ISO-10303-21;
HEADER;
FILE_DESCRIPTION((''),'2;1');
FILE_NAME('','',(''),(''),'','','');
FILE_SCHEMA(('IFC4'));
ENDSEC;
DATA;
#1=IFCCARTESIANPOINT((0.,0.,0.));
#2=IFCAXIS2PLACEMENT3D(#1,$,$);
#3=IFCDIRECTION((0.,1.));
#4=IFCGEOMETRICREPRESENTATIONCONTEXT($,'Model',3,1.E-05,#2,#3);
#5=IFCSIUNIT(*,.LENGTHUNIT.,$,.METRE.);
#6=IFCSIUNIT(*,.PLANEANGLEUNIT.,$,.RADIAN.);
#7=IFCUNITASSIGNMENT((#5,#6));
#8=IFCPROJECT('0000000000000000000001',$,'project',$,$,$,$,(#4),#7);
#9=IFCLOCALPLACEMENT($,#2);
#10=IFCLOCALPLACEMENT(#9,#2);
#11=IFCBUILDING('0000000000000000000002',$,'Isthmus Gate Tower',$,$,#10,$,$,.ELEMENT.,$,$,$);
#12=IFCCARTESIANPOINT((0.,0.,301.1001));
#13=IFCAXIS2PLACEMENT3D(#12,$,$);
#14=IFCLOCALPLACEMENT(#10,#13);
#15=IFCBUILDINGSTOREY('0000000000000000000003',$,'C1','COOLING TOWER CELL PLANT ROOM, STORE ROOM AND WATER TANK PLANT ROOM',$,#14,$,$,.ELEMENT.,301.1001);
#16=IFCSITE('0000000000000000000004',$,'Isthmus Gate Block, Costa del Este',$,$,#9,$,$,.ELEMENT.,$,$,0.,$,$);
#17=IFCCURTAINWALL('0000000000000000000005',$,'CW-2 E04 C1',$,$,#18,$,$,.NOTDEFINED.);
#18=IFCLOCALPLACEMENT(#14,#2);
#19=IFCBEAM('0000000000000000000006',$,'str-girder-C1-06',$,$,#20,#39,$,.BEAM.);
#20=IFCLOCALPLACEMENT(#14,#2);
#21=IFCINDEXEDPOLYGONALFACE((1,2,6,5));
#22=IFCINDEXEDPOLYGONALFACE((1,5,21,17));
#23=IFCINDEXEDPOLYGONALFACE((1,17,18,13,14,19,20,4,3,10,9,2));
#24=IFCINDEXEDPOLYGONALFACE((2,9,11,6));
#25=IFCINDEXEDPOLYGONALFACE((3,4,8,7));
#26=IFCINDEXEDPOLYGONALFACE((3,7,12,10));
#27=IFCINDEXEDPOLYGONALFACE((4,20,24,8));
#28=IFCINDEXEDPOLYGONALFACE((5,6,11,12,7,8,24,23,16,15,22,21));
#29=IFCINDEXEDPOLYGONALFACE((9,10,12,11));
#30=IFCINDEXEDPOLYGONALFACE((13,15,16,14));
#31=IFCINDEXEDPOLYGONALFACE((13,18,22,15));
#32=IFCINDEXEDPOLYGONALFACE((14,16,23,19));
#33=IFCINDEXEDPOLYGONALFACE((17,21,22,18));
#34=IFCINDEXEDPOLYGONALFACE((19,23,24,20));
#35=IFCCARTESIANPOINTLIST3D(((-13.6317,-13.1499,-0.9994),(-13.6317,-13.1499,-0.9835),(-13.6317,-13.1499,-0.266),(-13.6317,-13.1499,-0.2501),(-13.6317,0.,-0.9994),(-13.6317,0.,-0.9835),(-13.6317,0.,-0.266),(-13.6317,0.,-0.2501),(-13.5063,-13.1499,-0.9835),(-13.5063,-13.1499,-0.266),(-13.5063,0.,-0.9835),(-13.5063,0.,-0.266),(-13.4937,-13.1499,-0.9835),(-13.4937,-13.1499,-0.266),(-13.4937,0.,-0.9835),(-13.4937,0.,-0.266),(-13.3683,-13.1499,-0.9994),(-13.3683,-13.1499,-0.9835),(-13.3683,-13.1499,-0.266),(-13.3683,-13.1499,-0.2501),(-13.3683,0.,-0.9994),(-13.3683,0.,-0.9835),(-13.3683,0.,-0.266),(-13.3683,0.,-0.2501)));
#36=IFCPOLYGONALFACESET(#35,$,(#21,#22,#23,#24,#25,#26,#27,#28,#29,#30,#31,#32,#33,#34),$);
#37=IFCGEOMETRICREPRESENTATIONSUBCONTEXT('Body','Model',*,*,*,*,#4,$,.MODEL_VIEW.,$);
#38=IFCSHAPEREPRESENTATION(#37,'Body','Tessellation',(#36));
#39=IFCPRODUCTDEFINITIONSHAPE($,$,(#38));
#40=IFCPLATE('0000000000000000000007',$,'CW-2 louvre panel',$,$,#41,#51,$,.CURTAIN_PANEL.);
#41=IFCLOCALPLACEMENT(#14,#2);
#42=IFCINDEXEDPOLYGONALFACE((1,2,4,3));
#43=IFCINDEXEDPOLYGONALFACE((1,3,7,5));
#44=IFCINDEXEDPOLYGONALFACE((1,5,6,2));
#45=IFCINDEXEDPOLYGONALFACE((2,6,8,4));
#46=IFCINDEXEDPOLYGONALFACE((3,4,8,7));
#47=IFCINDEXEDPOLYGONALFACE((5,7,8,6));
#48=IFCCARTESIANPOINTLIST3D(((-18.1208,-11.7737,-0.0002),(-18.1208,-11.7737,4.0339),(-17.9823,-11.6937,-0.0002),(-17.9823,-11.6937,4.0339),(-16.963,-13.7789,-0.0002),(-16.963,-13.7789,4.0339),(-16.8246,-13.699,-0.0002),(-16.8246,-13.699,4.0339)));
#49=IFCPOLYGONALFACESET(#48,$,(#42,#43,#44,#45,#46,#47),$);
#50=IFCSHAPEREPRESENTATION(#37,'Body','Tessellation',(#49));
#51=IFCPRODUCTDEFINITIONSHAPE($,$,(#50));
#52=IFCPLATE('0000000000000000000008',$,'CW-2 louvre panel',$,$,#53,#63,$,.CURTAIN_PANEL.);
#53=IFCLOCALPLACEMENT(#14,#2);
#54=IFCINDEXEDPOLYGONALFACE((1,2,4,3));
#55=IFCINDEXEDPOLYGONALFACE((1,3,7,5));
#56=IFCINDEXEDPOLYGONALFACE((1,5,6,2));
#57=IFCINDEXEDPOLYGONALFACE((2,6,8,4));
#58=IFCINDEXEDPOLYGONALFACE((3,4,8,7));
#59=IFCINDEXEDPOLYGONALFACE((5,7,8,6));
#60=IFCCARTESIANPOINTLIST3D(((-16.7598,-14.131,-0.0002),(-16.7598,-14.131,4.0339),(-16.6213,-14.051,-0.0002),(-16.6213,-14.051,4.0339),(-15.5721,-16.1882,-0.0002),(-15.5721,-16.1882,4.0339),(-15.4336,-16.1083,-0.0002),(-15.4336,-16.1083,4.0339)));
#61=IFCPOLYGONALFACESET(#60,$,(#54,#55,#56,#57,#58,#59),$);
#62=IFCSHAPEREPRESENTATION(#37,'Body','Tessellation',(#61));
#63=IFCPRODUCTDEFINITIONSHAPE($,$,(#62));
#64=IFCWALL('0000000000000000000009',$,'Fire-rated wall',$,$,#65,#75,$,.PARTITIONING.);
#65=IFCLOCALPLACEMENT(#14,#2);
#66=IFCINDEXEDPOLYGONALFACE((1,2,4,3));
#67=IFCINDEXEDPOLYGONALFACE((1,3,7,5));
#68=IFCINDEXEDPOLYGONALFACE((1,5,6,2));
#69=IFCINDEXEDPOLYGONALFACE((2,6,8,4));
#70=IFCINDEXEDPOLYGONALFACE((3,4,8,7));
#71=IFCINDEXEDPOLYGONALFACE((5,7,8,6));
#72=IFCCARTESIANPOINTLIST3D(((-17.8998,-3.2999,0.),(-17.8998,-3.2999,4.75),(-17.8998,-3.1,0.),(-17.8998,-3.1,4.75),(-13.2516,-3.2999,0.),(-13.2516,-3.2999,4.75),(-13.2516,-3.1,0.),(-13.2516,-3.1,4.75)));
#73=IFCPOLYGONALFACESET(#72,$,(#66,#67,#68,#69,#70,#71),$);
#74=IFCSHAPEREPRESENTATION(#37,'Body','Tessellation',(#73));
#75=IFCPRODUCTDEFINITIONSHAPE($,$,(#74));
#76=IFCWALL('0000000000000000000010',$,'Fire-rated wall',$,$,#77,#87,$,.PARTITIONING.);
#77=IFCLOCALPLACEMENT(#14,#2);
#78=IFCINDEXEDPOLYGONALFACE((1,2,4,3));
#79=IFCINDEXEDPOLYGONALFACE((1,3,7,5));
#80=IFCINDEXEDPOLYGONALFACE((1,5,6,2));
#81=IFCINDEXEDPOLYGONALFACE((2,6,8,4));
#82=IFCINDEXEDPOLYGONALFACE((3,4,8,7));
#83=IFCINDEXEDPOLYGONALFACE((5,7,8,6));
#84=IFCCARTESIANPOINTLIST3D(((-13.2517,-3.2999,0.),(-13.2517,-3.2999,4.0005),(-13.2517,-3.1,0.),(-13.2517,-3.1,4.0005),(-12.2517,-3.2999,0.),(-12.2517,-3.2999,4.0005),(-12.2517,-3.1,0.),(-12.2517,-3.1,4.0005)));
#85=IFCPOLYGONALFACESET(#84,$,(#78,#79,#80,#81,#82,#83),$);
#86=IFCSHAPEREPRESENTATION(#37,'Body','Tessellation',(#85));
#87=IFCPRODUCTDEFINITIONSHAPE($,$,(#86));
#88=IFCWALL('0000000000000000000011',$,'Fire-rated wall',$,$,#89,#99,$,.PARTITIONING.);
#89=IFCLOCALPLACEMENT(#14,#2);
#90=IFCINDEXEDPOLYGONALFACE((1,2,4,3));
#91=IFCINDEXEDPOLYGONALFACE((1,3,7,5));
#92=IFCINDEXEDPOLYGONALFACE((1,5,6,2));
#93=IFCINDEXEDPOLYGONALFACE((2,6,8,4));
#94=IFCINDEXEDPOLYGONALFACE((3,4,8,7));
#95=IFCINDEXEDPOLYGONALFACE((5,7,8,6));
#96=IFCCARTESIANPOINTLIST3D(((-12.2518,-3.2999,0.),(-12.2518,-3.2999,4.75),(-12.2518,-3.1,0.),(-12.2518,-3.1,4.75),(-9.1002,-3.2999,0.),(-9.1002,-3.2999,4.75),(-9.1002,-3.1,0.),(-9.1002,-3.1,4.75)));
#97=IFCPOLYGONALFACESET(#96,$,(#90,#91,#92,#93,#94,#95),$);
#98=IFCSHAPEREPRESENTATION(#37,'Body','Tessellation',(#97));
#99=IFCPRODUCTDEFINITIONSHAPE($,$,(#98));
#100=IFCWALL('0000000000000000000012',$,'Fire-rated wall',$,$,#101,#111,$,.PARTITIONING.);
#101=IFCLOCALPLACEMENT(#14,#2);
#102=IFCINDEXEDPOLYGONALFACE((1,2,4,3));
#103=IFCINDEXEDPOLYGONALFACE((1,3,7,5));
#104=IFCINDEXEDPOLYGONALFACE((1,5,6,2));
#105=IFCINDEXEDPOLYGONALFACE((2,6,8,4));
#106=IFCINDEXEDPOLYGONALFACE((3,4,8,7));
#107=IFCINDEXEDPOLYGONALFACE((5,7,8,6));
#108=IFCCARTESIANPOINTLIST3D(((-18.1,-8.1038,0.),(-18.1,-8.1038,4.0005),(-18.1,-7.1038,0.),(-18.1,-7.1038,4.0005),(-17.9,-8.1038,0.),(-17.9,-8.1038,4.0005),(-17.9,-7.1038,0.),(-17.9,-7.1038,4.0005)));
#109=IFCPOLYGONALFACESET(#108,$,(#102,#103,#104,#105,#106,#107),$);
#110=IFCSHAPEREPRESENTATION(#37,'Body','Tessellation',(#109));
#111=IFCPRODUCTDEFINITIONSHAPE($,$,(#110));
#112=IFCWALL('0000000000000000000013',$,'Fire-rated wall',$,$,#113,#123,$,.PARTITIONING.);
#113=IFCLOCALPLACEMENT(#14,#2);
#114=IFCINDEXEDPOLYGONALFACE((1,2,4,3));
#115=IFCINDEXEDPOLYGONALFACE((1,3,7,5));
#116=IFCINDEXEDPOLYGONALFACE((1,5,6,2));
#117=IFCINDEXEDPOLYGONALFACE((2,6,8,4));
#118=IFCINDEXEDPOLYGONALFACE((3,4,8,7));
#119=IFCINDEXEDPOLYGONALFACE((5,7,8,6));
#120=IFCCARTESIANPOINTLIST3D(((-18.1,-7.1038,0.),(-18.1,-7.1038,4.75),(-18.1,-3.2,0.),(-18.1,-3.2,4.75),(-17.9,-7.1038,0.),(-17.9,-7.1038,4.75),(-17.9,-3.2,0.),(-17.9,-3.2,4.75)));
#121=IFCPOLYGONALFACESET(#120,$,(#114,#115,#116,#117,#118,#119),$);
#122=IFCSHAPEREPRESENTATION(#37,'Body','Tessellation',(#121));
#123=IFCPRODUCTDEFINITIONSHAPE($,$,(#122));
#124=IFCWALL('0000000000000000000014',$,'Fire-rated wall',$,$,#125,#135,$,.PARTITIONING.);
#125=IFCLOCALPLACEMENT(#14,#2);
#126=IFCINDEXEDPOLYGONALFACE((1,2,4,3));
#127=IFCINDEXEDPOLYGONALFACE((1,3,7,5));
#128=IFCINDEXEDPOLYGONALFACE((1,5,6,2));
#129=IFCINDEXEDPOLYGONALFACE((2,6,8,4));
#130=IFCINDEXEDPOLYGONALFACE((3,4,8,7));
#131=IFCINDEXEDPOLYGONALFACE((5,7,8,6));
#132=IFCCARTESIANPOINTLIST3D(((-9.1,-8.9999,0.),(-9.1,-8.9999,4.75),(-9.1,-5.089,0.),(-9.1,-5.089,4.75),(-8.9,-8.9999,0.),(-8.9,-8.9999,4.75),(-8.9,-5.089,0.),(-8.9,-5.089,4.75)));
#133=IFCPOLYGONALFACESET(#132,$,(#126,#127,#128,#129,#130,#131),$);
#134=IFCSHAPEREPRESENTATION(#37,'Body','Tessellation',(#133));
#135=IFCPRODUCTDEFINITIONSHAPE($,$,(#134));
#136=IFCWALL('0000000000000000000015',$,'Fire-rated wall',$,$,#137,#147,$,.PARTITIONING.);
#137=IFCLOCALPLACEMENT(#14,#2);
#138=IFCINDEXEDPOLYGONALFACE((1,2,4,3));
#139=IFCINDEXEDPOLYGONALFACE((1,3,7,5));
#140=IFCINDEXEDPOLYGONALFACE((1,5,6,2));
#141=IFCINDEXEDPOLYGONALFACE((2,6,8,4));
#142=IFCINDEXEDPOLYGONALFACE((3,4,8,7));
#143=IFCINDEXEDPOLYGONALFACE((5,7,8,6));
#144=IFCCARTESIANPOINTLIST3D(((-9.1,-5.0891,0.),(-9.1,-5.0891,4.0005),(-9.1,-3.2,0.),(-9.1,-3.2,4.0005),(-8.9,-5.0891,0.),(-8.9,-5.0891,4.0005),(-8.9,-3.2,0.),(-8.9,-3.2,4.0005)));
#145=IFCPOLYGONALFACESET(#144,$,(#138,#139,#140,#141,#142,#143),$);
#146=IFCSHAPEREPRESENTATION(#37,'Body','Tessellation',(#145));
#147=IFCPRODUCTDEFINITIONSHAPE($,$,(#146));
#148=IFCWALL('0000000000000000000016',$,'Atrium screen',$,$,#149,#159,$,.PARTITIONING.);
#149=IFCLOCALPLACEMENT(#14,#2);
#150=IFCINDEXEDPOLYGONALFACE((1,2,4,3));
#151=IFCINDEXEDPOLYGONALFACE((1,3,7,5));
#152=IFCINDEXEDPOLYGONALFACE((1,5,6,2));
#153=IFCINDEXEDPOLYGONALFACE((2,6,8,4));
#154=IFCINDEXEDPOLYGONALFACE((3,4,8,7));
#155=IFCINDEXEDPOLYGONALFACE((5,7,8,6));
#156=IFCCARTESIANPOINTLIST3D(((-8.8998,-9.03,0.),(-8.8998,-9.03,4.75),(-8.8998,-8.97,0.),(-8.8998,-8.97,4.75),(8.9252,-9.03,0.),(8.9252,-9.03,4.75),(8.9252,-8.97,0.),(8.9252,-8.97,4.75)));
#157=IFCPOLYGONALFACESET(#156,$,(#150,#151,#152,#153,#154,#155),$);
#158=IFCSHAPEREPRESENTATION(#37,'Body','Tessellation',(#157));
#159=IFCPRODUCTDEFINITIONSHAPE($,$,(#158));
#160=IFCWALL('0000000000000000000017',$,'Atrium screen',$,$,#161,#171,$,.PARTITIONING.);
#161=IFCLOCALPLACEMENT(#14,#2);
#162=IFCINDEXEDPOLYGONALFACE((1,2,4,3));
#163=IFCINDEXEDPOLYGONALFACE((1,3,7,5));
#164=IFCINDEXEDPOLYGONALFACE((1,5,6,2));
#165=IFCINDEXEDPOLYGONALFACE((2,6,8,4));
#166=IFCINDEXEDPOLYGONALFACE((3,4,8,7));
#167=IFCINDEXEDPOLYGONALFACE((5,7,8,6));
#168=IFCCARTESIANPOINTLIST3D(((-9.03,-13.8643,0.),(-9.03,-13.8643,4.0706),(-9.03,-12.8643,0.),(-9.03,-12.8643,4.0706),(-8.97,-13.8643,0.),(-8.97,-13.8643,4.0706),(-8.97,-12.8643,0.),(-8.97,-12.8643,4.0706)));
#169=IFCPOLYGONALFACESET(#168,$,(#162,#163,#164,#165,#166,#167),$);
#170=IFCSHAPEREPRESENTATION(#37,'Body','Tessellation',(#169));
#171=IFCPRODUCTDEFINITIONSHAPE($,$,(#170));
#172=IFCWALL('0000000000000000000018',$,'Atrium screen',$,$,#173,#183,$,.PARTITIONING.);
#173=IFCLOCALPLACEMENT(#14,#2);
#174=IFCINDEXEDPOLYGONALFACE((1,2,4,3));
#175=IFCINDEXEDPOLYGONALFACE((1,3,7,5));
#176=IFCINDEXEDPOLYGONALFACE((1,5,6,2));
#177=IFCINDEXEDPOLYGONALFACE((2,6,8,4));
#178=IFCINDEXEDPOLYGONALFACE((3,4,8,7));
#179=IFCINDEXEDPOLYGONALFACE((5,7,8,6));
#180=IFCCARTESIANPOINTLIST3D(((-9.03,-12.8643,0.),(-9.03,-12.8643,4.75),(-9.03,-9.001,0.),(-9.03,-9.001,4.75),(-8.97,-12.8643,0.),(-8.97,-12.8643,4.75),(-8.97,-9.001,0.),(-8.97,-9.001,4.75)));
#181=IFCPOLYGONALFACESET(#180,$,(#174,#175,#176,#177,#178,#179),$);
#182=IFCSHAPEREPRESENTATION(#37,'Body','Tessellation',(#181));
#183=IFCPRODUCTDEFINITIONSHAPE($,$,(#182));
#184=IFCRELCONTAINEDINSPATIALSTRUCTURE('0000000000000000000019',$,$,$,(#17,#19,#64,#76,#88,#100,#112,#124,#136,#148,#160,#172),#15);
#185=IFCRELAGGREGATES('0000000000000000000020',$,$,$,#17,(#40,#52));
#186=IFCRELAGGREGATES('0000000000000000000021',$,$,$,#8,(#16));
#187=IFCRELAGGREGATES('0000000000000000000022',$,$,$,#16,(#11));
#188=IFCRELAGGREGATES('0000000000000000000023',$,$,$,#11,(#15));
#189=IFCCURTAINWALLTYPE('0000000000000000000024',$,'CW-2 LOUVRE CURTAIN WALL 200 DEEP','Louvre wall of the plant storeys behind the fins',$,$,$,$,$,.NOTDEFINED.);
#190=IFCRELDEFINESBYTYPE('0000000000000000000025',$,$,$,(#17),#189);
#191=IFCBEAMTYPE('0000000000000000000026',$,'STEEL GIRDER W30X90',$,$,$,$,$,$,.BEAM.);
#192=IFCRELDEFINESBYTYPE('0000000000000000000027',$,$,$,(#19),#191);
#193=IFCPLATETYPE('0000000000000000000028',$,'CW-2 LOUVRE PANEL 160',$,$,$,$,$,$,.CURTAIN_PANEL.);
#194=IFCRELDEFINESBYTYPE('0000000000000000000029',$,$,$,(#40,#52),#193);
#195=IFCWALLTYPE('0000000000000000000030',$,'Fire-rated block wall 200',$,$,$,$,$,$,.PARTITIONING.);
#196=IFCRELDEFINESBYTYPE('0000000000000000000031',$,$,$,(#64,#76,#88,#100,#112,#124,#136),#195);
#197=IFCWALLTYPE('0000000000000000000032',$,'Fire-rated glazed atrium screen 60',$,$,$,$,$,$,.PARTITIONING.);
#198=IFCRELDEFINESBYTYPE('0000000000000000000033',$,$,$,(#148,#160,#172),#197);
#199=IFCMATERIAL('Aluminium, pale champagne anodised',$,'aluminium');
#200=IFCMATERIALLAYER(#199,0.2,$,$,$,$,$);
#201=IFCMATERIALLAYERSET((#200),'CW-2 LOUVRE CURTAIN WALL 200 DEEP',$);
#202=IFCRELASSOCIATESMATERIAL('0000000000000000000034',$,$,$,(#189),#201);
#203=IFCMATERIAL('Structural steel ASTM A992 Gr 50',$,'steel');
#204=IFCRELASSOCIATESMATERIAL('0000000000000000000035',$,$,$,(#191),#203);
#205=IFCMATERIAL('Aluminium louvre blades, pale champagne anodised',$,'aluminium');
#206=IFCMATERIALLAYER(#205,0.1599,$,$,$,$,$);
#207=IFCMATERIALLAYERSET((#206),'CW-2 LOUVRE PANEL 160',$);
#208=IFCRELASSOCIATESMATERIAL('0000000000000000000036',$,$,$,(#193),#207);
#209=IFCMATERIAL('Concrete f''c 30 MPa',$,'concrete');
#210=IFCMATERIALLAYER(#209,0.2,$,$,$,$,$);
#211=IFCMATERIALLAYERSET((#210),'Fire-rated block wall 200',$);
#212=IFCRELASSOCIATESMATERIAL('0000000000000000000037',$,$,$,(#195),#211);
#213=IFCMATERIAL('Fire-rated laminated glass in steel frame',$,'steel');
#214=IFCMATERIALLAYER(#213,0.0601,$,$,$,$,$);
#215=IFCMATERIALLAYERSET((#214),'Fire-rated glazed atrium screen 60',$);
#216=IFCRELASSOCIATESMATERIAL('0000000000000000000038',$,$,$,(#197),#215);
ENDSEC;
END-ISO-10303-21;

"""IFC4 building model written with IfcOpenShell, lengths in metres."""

from ifc_helpers import new_model, si_unit, direction, frame, frame_2d, origin, origin_2d, place, context, subcontext, project, spatial, rectangle, i_section, extrude, material, layer, layer_set, material_profile, profile_set, type_object, element, aggregate, save


model = new_model("IFC4")

# Units and contexts
model_context = context("Model", 3, precision=1e-05, world=origin(), true_north=direction((0.0, 1.0)))
body_context = subcontext(model_context, "Body", "Model", "MODEL_VIEW")
ifc_project = project(units=[si_unit("LENGTHUNIT", "METRE"), si_unit("PLANEANGLEUNIT", "RADIAN")], contexts=[model_context])

# Site, building, storey
site_placement = place(None, origin())
site = spatial("IfcSite", under=ifc_project, at=site_placement, Name="Isthmus Gate Block, Costa del Este", CompositionType="ELEMENT", RefElevation=0.0)
building_placement = place(site_placement, origin())
building = spatial("IfcBuilding", under=site, at=building_placement, Name="Isthmus Gate Tower", CompositionType="ELEMENT")
storey_placement = place(building_placement, frame((0.0, 0.0, 301.1001)))
storey = spatial("IfcBuildingStorey", under=building, at=storey_placement, Name="C1", Description="COOLING TOWER CELL PLANT ROOM, STORE ROOM AND WATER TANK PLANT ROOM", CompositionType="ELEMENT", Elevation=301.1001)

# Curtain wall
ifc_material_1 = material(Name="Aluminium, pale champagne anodised", Category="aluminium")
ifc_layer_1 = layer(ifc_material_1, 0.2)
ifc_layer_set_1 = layer_set([ifc_layer_1], Name="CW-2 LOUVRE CURTAIN WALL 200 DEEP")
curtain_wall_type = type_object("IfcCurtainWallType", Name="CW-2 LOUVRE CURTAIN WALL 200 DEEP", Description="Louvre wall of the plant storeys behind the fins", PredefinedType="NOTDEFINED", material=ifc_layer_set_1)
curtain_wall_placement = place(storey_placement, origin())
curtain_wall = element("IfcCurtainWall", 1, at=curtain_wall_placement, inside=storey, type_object=curtain_wall_type, Name="CW-2 E04 C1", PredefinedType="NOTDEFINED")

# Beam
ifc_material_2 = material(Name="Structural steel ASTM A992 Gr 50", Category="steel")
ifc_material_profile_1 = material_profile(ifc_material_2, i_section(OverallWidth=0.2634, OverallDepth=0.7493, WebThickness=0.0127, FlangeThickness=0.0159, at=origin_2d()), Name="W30X90")
ifc_profile_set_1 = profile_set([ifc_material_profile_1], Name="Structural steel ASTM A992 Gr 50")
beam_type_1 = type_object("IfcBeamType", Name="STEEL GIRDER W30X90", PredefinedType="BEAM", material=ifc_profile_set_1)
beam_1_placement = place(storey_placement, frame((-13.5, -13.1499, -0.6248), z_axis=(0.0, 1.0, 0.0), x_axis=(-1.0, 0.0, 0.0)))
element("IfcBeam", 2, at=beam_1_placement, inside=storey, type_object=beam_type_1, Name="str-girder-C1-06", PredefinedType="BEAM", context=body_context, shape_type="SweptSolid", body=[
    extrude(i_section(OverallWidth=0.2634, OverallDepth=0.7493, WebThickness=0.0127, FlangeThickness=0.0159, at=origin_2d()), origin(), (0.0, 0.0, 1.0), 13.1499),
])

# Plates
ifc_material_3 = material(Name="Aluminium louvre blades, pale champagne anodised", Category="aluminium")
ifc_layer_2 = layer(ifc_material_3, 0.1599)
ifc_layer_set_2 = layer_set([ifc_layer_2], Name="CW-2 LOUVRE PANEL 160")
plate_type = type_object("IfcPlateType", Name="CW-2 LOUVRE PANEL 160", PredefinedType="CURTAIN_PANEL", material=ifc_layer_set_2)
plate_1_placement = place(storey_placement, frame((-17.4727, -12.7363, -0.0002), z_axis=(0.0, 0.0, 1.0), x_axis=(0.5, -0.866025, 0.0)))
plate_1 = element("IfcPlate", 3, at=plate_1_placement, type_object=plate_type, Name="CW-2 louvre panel", PredefinedType="CURTAIN_PANEL", context=body_context, shape_type="SweptSolid", body=[
    extrude(rectangle(XDim=2.3154, YDim=0.1599, at=origin_2d()), origin(), (0.0, 0.0, 1.0), 4.0342),
])
plate_2_placement = place(storey_placement, frame((-16.0967, -15.1196, -0.0002), z_axis=(0.0, 0.0, 1.0), x_axis=(0.5, -0.866025, 0.0)))
plate_2 = element("IfcPlate", 4, at=plate_2_placement, type_object=plate_type, Name="CW-2 louvre panel", PredefinedType="CURTAIN_PANEL", context=body_context, shape_type="SweptSolid", body=[
    extrude(rectangle(XDim=2.3755, YDim=0.1599, at=origin_2d()), origin(), (0.0, 0.0, 1.0), 4.0342),
])
aggregate(curtain_wall, [plate_1, plate_2])

# Walls
ifc_material_4 = material(Name="Concrete f'c 30 MPa", Category="concrete")
ifc_layer_3 = layer(ifc_material_4, 0.2)
ifc_layer_set_3 = layer_set([ifc_layer_3], Name="Fire-rated block wall 200")
wall_type_1 = type_object("IfcWallType", Name="Fire-rated block wall 200", PredefinedType="PARTITIONING", material=ifc_layer_set_3)
wall_1_placement = place(storey_placement, frame((-17.8999, -3.2, 0.0), z_axis=(0.0, 0.0, 1.0), x_axis=(1.0, 0.0, 0.0)))
element("IfcWall", 5, at=wall_1_placement, inside=storey, type_object=wall_type_1, Name="Fire-rated wall", PredefinedType="PARTITIONING", context=body_context, shape_type="SweptSolid", body=[
    extrude(rectangle(XDim=4.6482, YDim=0.2, at=frame_2d((2.3242, 0.0))), origin(), (0.0, 0.0, 1.0), 4.75),
])
wall_2_placement = place(storey_placement, frame((-13.2517, -3.2, 0.0), z_axis=(0.0, 0.0, 1.0), x_axis=(1.0, 0.0, 0.0)))
element("IfcWall", 6, at=wall_2_placement, inside=storey, type_object=wall_type_1, Name="Fire-rated wall", PredefinedType="PARTITIONING", context=body_context, shape_type="SweptSolid", body=[
    extrude(rectangle(XDim=1.0, YDim=0.2, at=frame_2d((0.5, 0.0))), origin(), (0.0, 0.0, 1.0), 4.0005),
])
wall_3_placement = place(storey_placement, frame((-12.2517, -3.2, 0.0), z_axis=(0.0, 0.0, 1.0), x_axis=(1.0, 0.0, 0.0)))
element("IfcWall", 7, at=wall_3_placement, inside=storey, type_object=wall_type_1, Name="Fire-rated wall", PredefinedType="PARTITIONING", context=body_context, shape_type="SweptSolid", body=[
    extrude(rectangle(XDim=3.1516, YDim=0.2, at=frame_2d((1.5757, 0.0))), origin(), (0.0, 0.0, 1.0), 4.75),
])
wall_4_placement = place(storey_placement, frame((-18.0, -8.1038, 0.0), z_axis=(0.0, 0.0, 1.0), x_axis=(0.0, 1.0, 0.0)))
element("IfcWall", 8, at=wall_4_placement, inside=storey, type_object=wall_type_1, Name="Fire-rated wall", PredefinedType="PARTITIONING", context=body_context, shape_type="SweptSolid", body=[
    extrude(rectangle(XDim=1.0, YDim=0.2, at=frame_2d((0.5, 0.0))), origin(), (0.0, 0.0, 1.0), 4.0005),
])
wall_5_placement = place(storey_placement, frame((-18.0, -7.1038, 0.0), z_axis=(0.0, 0.0, 1.0), x_axis=(0.0, 1.0, 0.0)))
element("IfcWall", 9, at=wall_5_placement, inside=storey, type_object=wall_type_1, Name="Fire-rated wall", PredefinedType="PARTITIONING", context=body_context, shape_type="SweptSolid", body=[
    extrude(rectangle(XDim=3.9038, YDim=0.2, at=frame_2d((1.9519, 0.0))), origin(), (0.0, 0.0, 1.0), 4.75),
])
wall_6_placement = place(storey_placement, frame((-9.0, -9.0, 0.0), z_axis=(0.0, 0.0, 1.0), x_axis=(0.0, 1.0, 0.0)))
element("IfcWall", 10, at=wall_6_placement, inside=storey, type_object=wall_type_1, Name="Fire-rated wall", PredefinedType="PARTITIONING", context=body_context, shape_type="SweptSolid", body=[
    extrude(rectangle(XDim=3.9109, YDim=0.2, at=frame_2d((1.9556, 0.0))), origin(), (0.0, 0.0, 1.0), 4.75),
])
wall_7_placement = place(storey_placement, frame((-9.0, -5.0891, 0.0), z_axis=(0.0, 0.0, 1.0), x_axis=(0.0, 1.0, 0.0)))
element("IfcWall", 11, at=wall_7_placement, inside=storey, type_object=wall_type_1, Name="Fire-rated wall", PredefinedType="PARTITIONING", context=body_context, shape_type="SweptSolid", body=[
    extrude(rectangle(XDim=1.8892, YDim=0.2, at=frame_2d((0.9446, 0.0))), origin(), (0.0, 0.0, 1.0), 4.0005),
])
ifc_material_5 = material(Name="Fire-rated laminated glass in steel frame", Category="steel")
ifc_layer_4 = layer(ifc_material_5, 0.0601)
ifc_layer_set_4 = layer_set([ifc_layer_4], Name="Fire-rated glazed atrium screen 60")
wall_type_2 = type_object("IfcWallType", Name="Fire-rated glazed atrium screen 60", PredefinedType="PARTITIONING", material=ifc_layer_set_4)
wall_8_placement = place(storey_placement, frame((-8.8999, -9.0, 0.0), z_axis=(0.0, 0.0, 1.0), x_axis=(1.0, 0.0, 0.0)))
element("IfcWall", 12, at=wall_8_placement, inside=storey, type_object=wall_type_2, Name="Atrium screen", PredefinedType="PARTITIONING", context=body_context, shape_type="SweptSolid", body=[
    extrude(rectangle(XDim=17.825, YDim=0.0601, at=frame_2d((8.9126, 0.0))), origin(), (0.0, 0.0, 1.0), 4.75),
])
wall_9_placement = place(storey_placement, frame((-9.0, -13.8643, 0.0), z_axis=(0.0, 0.0, 1.0), x_axis=(0.0, 1.0, 0.0)))
element("IfcWall", 13, at=wall_9_placement, inside=storey, type_object=wall_type_2, Name="Atrium screen", PredefinedType="PARTITIONING", context=body_context, shape_type="SweptSolid", body=[
    extrude(rectangle(XDim=1.0, YDim=0.0601, at=frame_2d((0.5, 0.0))), origin(), (0.0, 0.0, 1.0), 4.0706),
])
wall_10_placement = place(storey_placement, frame((-9.0, -12.8643, 0.0), z_axis=(0.0, 0.0, 1.0), x_axis=(0.0, 1.0, 0.0)))
element("IfcWall", 14, at=wall_10_placement, inside=storey, type_object=wall_type_2, Name="Atrium screen", PredefinedType="PARTITIONING", context=body_context, shape_type="SweptSolid", body=[
    extrude(rectangle(XDim=3.8633, YDim=0.0601, at=frame_2d((1.9316, 0.0))), origin(), (0.0, 0.0, 1.0), 4.75),
])

save(model, "model.ifc")
